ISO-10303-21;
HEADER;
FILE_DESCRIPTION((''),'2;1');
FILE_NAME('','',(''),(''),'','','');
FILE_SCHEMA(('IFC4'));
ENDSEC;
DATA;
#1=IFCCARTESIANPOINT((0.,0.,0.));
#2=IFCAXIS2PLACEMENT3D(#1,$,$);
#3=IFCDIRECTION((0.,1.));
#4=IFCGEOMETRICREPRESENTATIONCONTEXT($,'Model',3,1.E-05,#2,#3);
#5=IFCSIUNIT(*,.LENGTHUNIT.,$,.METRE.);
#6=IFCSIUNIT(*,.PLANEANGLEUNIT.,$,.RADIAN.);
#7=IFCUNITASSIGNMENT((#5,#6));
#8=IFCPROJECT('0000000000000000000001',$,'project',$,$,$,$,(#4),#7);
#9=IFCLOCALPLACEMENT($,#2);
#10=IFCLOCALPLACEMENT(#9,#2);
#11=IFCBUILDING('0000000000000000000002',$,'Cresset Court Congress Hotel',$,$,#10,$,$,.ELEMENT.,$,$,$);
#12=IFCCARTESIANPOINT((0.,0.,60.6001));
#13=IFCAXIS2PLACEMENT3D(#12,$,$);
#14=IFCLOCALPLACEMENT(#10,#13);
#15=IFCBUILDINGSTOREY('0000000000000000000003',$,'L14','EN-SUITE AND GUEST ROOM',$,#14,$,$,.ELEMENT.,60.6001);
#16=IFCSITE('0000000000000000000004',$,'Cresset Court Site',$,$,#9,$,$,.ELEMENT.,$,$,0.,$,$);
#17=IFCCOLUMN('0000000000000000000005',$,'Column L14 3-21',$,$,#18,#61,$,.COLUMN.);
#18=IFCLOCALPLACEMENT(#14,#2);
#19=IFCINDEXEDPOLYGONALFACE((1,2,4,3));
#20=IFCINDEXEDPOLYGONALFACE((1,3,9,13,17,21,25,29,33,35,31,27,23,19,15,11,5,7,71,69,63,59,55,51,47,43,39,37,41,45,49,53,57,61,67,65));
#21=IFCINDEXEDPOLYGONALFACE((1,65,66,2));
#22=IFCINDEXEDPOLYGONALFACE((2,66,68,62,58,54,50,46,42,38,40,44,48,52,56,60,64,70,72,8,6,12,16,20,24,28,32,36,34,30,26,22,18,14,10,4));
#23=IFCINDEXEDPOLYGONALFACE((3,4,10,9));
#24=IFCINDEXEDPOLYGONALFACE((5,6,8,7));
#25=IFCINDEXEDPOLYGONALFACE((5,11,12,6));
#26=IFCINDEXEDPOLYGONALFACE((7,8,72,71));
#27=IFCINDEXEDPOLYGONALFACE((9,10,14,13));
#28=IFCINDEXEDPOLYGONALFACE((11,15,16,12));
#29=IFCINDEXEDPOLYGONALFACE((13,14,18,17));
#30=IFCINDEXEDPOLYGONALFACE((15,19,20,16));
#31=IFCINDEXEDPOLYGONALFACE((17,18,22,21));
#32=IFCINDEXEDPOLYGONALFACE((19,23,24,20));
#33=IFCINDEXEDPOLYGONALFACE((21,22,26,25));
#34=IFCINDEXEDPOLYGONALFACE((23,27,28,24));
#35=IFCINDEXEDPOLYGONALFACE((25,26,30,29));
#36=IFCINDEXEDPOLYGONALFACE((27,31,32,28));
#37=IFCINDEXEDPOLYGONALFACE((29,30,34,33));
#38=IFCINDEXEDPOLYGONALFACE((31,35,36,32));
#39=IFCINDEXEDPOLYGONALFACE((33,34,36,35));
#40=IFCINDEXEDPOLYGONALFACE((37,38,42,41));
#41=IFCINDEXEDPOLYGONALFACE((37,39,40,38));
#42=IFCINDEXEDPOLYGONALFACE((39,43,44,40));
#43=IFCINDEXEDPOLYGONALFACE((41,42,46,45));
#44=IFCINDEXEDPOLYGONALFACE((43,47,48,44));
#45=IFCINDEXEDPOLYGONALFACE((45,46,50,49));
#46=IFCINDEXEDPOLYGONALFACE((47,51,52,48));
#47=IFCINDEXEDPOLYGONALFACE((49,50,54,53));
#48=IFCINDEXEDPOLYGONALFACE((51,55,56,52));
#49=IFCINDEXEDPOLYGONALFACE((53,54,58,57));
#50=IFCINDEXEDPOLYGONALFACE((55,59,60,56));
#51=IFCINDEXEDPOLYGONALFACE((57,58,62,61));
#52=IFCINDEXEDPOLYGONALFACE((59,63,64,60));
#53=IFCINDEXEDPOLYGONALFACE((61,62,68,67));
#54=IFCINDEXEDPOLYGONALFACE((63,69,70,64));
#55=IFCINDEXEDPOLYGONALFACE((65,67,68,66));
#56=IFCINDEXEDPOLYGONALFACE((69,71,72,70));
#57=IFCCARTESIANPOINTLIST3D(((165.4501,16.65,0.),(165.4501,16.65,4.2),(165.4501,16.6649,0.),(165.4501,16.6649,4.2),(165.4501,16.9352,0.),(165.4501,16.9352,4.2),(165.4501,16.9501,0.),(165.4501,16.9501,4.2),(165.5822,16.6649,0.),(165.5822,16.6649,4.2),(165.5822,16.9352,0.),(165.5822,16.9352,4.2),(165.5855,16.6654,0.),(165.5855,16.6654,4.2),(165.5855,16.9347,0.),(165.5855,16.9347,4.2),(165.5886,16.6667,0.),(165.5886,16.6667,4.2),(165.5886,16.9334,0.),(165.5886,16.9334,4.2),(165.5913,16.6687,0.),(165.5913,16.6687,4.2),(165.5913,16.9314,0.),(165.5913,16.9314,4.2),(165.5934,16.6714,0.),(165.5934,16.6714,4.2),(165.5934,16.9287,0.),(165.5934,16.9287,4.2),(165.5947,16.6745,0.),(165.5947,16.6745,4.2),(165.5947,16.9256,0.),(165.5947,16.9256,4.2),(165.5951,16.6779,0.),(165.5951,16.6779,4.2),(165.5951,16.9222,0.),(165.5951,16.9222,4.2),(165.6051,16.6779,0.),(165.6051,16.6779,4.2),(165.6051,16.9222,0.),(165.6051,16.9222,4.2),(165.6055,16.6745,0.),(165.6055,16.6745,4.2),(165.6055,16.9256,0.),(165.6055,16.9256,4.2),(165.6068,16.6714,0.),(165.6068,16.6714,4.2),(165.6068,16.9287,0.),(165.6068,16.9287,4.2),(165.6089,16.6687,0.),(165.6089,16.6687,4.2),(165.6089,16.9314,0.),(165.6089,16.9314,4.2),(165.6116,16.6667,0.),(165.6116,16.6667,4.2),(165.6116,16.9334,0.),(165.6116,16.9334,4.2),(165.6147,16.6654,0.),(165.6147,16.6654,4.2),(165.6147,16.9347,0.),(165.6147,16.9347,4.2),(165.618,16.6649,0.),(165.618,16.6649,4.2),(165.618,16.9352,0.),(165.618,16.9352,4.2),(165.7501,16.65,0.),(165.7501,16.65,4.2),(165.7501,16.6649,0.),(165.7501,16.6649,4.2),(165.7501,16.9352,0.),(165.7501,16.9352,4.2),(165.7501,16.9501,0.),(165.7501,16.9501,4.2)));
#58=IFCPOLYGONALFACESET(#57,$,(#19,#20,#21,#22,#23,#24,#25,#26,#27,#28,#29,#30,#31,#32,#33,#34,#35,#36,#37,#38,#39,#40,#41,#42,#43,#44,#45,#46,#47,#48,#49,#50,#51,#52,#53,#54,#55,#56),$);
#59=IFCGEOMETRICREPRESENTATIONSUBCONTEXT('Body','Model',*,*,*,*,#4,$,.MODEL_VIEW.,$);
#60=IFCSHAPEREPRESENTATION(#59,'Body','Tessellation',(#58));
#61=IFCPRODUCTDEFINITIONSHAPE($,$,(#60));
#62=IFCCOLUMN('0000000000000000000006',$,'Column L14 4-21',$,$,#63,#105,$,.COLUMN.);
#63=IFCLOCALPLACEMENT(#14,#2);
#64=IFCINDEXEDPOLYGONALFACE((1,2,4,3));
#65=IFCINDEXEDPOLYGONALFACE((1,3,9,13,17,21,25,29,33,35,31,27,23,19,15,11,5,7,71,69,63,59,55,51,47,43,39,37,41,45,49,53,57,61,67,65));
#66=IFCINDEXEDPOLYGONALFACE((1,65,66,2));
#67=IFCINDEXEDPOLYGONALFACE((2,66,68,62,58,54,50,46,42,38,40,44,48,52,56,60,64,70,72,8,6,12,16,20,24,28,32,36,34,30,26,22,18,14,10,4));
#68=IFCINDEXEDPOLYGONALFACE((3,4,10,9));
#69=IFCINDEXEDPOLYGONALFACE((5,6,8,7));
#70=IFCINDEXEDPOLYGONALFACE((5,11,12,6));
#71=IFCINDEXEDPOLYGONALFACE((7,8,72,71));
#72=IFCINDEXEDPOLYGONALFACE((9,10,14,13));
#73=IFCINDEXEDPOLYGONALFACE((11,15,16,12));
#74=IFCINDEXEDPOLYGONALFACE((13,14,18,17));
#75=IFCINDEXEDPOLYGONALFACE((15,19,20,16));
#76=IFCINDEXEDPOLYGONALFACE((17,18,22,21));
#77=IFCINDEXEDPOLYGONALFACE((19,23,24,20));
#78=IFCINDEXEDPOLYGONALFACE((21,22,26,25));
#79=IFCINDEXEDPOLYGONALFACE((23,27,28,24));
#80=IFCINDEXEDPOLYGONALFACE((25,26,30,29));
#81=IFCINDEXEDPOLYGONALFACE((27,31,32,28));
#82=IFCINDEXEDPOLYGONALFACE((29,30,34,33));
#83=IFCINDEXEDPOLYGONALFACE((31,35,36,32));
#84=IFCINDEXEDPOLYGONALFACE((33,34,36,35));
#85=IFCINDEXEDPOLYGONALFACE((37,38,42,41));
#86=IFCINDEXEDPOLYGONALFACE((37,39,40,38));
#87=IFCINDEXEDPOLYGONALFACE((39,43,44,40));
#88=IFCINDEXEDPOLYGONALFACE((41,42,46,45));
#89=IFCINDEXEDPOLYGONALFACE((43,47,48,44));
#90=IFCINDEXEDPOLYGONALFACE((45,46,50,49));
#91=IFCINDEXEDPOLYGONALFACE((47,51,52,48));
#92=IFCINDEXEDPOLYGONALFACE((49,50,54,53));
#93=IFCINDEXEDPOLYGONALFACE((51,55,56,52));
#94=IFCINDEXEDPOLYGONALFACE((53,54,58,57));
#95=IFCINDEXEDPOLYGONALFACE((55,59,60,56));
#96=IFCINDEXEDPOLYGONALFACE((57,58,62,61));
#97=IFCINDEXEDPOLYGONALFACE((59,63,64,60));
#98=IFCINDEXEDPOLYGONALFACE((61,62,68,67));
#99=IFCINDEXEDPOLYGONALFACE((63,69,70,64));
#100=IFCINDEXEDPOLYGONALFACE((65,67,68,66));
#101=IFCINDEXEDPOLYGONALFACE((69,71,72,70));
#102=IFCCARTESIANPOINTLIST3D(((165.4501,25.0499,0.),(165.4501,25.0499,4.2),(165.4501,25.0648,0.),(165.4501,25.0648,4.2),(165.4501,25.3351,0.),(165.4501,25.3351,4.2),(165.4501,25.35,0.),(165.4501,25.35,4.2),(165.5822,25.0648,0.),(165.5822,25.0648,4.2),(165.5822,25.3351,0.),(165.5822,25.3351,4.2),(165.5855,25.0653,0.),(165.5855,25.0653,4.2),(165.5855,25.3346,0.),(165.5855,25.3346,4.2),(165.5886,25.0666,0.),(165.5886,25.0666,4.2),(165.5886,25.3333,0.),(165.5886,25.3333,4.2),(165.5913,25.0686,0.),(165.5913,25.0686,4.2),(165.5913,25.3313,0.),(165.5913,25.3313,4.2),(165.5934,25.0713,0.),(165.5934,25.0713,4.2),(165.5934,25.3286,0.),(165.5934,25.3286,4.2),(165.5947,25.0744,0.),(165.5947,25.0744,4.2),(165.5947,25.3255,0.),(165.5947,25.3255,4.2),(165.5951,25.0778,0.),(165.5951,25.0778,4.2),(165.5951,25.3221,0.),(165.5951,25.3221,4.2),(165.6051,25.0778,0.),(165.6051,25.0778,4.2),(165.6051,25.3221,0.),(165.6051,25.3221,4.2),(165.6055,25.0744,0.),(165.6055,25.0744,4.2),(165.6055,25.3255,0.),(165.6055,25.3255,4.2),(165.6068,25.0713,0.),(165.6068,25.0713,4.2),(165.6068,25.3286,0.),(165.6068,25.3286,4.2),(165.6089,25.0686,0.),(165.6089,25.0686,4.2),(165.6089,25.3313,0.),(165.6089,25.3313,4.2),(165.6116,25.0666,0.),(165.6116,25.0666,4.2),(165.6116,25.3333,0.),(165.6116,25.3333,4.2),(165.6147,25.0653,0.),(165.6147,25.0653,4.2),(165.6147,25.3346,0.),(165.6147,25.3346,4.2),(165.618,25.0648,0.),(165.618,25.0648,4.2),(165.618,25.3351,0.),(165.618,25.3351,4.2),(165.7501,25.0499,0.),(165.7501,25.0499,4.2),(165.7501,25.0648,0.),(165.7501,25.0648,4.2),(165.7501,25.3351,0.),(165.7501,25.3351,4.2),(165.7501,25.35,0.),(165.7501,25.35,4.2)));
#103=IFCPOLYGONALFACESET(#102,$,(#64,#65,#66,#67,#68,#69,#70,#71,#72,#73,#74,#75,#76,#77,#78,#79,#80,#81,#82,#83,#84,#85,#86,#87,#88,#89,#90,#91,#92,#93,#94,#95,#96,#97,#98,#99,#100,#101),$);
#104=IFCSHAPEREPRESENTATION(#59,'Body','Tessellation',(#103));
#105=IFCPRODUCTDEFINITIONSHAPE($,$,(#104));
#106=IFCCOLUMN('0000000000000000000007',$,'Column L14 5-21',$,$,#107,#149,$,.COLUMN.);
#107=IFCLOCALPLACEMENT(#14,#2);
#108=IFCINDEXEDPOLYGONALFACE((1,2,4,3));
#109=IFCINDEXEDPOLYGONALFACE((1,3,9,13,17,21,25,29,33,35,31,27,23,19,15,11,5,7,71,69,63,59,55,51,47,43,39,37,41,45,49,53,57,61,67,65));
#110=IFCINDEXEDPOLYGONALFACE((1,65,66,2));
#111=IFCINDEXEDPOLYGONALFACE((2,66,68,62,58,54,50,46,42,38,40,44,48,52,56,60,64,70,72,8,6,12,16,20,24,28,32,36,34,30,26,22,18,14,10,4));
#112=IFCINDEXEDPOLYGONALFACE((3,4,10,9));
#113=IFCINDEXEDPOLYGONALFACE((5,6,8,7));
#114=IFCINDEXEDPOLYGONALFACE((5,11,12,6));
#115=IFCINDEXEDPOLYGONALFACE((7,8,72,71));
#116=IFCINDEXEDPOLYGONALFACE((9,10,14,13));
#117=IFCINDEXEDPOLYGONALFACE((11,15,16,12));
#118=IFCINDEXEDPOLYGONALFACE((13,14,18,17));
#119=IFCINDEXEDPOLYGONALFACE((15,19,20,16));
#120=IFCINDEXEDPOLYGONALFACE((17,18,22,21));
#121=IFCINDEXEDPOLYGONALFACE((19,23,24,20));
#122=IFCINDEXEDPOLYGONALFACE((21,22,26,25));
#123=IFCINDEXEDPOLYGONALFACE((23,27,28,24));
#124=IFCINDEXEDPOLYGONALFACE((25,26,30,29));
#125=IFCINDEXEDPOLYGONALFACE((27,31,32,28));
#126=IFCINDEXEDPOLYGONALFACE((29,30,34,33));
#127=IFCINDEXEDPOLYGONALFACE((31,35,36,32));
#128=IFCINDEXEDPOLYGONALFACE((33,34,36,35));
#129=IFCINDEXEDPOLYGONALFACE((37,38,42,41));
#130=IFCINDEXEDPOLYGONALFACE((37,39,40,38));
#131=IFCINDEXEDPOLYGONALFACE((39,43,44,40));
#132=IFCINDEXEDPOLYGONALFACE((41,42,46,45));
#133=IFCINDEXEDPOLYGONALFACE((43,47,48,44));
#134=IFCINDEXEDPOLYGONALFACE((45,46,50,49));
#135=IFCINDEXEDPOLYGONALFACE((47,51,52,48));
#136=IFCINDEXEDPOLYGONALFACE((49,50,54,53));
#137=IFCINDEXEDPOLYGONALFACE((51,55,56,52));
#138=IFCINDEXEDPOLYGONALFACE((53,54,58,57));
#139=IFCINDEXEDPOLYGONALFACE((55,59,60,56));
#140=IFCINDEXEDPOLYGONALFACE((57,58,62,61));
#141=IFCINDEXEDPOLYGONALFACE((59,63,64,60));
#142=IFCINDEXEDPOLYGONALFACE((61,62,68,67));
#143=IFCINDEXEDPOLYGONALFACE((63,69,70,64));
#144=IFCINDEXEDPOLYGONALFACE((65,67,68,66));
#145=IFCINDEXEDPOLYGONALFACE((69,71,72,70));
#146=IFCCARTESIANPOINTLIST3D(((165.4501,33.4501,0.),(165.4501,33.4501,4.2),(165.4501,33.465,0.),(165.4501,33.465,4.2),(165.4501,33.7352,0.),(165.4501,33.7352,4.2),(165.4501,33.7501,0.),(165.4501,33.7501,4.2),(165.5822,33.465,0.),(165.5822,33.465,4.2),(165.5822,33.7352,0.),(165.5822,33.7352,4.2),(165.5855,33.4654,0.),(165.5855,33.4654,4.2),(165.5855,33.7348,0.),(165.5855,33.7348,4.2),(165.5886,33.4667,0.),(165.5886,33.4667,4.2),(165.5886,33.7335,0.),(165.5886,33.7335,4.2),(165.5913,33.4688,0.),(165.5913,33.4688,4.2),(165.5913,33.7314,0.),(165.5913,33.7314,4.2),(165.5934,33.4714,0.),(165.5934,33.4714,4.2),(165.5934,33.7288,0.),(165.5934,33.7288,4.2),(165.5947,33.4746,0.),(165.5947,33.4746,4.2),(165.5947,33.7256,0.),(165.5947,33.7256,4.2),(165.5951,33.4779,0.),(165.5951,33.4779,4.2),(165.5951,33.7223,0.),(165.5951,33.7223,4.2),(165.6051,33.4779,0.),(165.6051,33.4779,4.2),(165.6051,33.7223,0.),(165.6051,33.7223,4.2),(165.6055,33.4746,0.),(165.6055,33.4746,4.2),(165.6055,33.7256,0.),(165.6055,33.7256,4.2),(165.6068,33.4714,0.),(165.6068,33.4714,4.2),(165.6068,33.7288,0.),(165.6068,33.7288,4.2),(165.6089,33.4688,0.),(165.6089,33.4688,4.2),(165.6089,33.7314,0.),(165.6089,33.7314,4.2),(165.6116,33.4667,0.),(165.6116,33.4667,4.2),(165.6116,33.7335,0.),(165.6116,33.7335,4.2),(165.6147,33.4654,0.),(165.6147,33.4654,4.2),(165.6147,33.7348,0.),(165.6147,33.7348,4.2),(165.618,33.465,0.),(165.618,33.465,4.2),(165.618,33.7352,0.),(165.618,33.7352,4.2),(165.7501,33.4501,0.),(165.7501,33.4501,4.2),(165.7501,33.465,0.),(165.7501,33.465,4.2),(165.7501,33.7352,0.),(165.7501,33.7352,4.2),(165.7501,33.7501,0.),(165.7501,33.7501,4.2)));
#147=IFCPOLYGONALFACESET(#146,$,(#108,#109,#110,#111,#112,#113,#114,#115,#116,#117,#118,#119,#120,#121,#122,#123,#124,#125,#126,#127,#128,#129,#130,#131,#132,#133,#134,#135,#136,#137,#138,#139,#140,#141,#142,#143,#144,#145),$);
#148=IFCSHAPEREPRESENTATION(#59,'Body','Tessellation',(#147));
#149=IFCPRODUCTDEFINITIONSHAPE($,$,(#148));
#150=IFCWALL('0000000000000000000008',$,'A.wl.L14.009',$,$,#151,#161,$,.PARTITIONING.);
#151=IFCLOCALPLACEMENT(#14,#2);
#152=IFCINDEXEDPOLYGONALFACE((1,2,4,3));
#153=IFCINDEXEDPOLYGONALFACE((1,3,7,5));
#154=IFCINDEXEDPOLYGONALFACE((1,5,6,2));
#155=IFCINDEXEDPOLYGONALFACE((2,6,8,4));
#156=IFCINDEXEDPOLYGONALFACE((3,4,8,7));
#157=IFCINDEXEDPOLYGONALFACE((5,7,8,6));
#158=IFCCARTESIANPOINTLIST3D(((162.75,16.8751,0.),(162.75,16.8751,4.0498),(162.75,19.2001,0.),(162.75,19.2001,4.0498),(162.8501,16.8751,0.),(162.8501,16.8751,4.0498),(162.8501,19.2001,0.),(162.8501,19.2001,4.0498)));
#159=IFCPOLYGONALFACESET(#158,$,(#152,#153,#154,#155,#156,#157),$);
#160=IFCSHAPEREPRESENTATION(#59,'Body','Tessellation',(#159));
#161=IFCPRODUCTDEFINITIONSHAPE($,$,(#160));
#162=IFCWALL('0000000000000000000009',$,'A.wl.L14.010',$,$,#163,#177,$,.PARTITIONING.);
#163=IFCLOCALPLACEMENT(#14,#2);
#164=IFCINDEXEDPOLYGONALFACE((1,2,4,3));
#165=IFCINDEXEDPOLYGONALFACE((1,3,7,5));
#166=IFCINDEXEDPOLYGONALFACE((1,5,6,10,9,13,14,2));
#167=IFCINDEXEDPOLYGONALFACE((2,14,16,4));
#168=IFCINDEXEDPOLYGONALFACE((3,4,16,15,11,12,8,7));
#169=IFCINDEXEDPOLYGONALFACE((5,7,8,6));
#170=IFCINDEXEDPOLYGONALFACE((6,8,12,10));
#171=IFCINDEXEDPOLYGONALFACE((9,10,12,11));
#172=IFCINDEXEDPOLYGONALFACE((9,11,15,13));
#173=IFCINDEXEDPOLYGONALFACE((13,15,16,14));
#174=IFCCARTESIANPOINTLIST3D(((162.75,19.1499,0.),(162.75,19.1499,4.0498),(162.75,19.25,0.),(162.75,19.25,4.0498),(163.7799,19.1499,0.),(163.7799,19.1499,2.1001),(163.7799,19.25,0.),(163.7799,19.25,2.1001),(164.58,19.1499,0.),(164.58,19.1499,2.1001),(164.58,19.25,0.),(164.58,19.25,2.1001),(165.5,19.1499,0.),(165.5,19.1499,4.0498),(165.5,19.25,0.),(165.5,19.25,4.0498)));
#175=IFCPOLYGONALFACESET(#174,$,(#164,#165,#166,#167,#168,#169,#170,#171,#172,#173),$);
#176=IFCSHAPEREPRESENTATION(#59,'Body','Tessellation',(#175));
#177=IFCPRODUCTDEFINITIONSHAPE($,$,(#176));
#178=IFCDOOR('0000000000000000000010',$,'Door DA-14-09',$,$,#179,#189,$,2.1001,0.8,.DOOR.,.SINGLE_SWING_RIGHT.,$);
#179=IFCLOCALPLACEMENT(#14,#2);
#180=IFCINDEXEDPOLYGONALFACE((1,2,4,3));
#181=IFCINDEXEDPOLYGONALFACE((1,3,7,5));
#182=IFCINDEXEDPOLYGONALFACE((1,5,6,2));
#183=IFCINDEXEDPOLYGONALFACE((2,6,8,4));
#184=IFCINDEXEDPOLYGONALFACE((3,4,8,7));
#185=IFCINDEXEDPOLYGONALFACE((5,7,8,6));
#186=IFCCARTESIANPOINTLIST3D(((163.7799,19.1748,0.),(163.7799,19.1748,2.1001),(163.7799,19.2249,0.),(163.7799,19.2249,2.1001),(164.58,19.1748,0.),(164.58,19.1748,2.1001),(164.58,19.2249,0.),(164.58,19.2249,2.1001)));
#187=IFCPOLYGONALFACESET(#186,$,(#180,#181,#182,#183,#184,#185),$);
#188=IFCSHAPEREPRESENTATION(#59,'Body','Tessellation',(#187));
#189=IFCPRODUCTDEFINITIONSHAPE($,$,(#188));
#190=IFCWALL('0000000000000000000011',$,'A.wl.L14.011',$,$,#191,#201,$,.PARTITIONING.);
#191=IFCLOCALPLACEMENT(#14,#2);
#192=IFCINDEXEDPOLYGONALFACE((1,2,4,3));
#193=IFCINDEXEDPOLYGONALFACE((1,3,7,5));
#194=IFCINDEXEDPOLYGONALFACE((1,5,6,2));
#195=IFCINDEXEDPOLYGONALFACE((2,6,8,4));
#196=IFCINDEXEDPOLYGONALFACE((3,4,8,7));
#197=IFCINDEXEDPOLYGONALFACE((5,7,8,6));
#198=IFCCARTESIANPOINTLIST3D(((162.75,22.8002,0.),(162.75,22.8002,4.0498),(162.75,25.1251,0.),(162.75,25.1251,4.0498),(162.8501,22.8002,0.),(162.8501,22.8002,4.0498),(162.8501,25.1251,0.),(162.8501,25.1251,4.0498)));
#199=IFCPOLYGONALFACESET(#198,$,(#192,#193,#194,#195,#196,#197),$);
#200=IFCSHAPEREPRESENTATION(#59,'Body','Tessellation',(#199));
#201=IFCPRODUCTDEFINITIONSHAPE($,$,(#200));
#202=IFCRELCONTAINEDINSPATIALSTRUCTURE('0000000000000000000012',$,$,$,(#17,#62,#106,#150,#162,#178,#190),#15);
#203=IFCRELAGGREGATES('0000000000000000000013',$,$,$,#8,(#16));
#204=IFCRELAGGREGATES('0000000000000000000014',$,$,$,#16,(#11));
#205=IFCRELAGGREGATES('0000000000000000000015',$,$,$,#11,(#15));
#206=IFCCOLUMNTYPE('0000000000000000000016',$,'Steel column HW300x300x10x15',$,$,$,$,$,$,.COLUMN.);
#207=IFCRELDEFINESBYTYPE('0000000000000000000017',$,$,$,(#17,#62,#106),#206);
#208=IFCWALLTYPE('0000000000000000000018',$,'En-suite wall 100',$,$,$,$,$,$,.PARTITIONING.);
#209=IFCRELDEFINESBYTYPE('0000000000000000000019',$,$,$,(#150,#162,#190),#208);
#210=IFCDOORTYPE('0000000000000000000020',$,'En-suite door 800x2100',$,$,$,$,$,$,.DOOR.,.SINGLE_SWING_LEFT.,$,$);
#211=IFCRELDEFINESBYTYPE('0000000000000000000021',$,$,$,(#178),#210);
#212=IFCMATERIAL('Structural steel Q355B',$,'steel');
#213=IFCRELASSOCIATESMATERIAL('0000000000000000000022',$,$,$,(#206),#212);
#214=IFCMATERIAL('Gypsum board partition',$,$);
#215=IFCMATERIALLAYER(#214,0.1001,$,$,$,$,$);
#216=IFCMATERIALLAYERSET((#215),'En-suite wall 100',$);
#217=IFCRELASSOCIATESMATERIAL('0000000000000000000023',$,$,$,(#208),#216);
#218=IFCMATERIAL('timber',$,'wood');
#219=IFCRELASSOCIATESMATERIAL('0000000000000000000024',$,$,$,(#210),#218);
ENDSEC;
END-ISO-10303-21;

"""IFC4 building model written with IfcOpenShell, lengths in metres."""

from ifc_helpers import new_model, si_unit, direction, frame, frame_2d, origin, origin_2d, place, context, subcontext, project, spatial, rectangle, i_section, extrude, material, layer, layer_set, material_profile, profile_set, type_object, element, fill, save


model = new_model("IFC4")

# Units and contexts
model_context = context("Model", 3, precision=1e-05, world=origin(), true_north=direction((0.0, 1.0)))
body_context = subcontext(model_context, "Body", "Model", "MODEL_VIEW")
ifc_project = project(units=[si_unit("LENGTHUNIT", "METRE"), si_unit("PLANEANGLEUNIT", "RADIAN")], contexts=[model_context])

# Site, building, storey
site_placement = place(None, origin())
site = spatial("IfcSite", under=ifc_project, at=site_placement, Name="Cresset Court Site", CompositionType="ELEMENT", RefElevation=0.0)
building_placement = place(site_placement, origin())
building = spatial("IfcBuilding", under=site, at=building_placement, Name="Cresset Court Congress Hotel", CompositionType="ELEMENT")
storey_placement = place(building_placement, frame((0.0, 0.0, 60.6001)))
storey = spatial("IfcBuildingStorey", under=building, at=storey_placement, Name="L14", Description="EN-SUITE AND GUEST ROOM", CompositionType="ELEMENT", Elevation=60.6001)

# Columns
ifc_material_1 = material(Name="Structural steel Q355B", Category="steel")
ifc_material_profile = material_profile(ifc_material_1, i_section(OverallWidth=0.3, OverallDepth=0.3, WebThickness=0.01, FlangeThickness=0.0149, FilletRadius=0.0129, at=origin_2d()), Name="HW300x300x10x15")
ifc_profile_set = profile_set([ifc_material_profile], Name="Structural steel Q355B")
column_type = type_object("IfcColumnType", Name="Steel column HW300x300x10x15", PredefinedType="COLUMN", material=ifc_profile_set)
for number, where, z_axis, x_axis, name in (
    (1, (165.6001, 16.8, 0.0), (0.0, 0.0, 1.0), (1.0, 0.0, 0.0), "Column L14 3-21"),
    (2, (165.6001, 25.2, 0.0), (0.0, 0.0, 1.0), (1.0, 0.0, 0.0), "Column L14 4-21"),
    (3, (165.6001, 33.6001, 0.0), (0.0, 0.0, 1.0), (1.0, 0.0, 0.0), "Column L14 5-21"),
):
    element("IfcColumn", number, at=place(storey_placement, frame(where, z_axis=z_axis, x_axis=x_axis)), inside=storey, type_object=column_type, Name=name, PredefinedType="COLUMN", context=body_context, shape_type="SweptSolid", body=[
        extrude(i_section(OverallWidth=0.3, OverallDepth=0.3, WebThickness=0.01, FlangeThickness=0.0149, FilletRadius=0.0129, at=origin_2d()), origin(), (0.0, 0.0, 1.0), 4.2),
    ])

# Wall
ifc_material_2 = material(Name="Gypsum board partition")
ifc_layer_1 = layer(ifc_material_2, 0.1001)
ifc_layer_set_1 = layer_set([ifc_layer_1], Name="En-suite wall 100")
wall_type_1 = type_object("IfcWallType", Name="En-suite wall 100", PredefinedType="PARTITIONING", material=ifc_layer_set_1)
wall_1_placement = place(storey_placement, frame((162.8, 16.875, 0.0), z_axis=(0.0, 0.0, 1.0), x_axis=(0.0, 1.0, 0.0)))
element("IfcWall", 4, at=wall_1_placement, inside=storey, type_object=wall_type_1, Name="A.wl.L14.009", PredefinedType="PARTITIONING", context=body_context, shape_type="SweptSolid", body=[
    extrude(rectangle(XDim=2.325, YDim=0.1001, at=frame_2d((1.1626, 0.0))), origin(), (0.0, 0.0, 1.0), 4.0498),
])

# Wall, opening, door
wall_2_placement = place(storey_placement, frame((162.75, 19.2, 0.0), z_axis=(0.0, 0.0, 1.0), x_axis=(1.0, 0.0, 0.0)))
wall_2 = element("IfcWall", 5, at=wall_2_placement, inside=storey, type_object=wall_type_1, Name="A.wl.L14.010", PredefinedType="PARTITIONING", context=body_context, shape_type="SweptSolid", body=[
    extrude(rectangle(XDim=2.75, YDim=0.1001, at=frame_2d((1.375, 0.0))), origin(), (0.0, 0.0, 1.0), 4.0498),
])
opening_1_placement = place(wall_2_placement, frame((1.03, 0.0, 0.0)))
opening_1 = element("IfcOpeningElement", 6, at=opening_1_placement, cuts=wall_2, PredefinedType="OPENING", context=body_context, shape_type="SweptSolid", body=[
    extrude(rectangle(XDim=0.8, YDim=2.1001, at=frame_2d((0.3999, 1.05))), frame((0.0, 0.0601, 0.0), z_axis=(0.0, -1.0, 0.0), x_axis=(1.0, 0.0, 0.0)), (0.0, 0.0, 1.0), 0.1201),
])
ifc_material_3 = material(Name="timber", Category="wood")
door_type = type_object("IfcDoorType", Name="En-suite door 800x2100", OperationType="SINGLE_SWING_LEFT", PredefinedType="DOOR", material=ifc_material_3)
door_1_placement = place(opening_1_placement, origin())
door_1 = element("IfcDoor", 7, at=door_1_placement, inside=storey, type_object=door_type, Name="Door DA-14-09", OperationType="SINGLE_SWING_RIGHT", OverallHeight=2.1001, OverallWidth=0.8, PredefinedType="DOOR", context=body_context, shape_type="SweptSolid", body=[
    extrude(rectangle(XDim=0.8, YDim=2.1001, at=frame_2d((0.3999, 1.05))), frame((0.0, 0.0249, 0.0), z_axis=(0.0, -1.0, 0.0), x_axis=(1.0, 0.0, 0.0)), (0.0, 0.0, 1.0), 0.05),
])
fill(opening_1, door_1)

# Wall
wall_3_placement = place(storey_placement, frame((162.8, 22.8, 0.0), z_axis=(0.0, 0.0, 1.0), x_axis=(0.0, 1.0, 0.0)))
element("IfcWall", 8, at=wall_3_placement, inside=storey, type_object=wall_type_1, Name="A.wl.L14.011", PredefinedType="PARTITIONING", context=body_context, shape_type="SweptSolid", body=[
    extrude(rectangle(XDim=2.325, YDim=0.1001, at=frame_2d((1.1626, 0.0))), origin(), (0.0, 0.0, 1.0), 4.0498),
])

save(model, "model.ifc")
